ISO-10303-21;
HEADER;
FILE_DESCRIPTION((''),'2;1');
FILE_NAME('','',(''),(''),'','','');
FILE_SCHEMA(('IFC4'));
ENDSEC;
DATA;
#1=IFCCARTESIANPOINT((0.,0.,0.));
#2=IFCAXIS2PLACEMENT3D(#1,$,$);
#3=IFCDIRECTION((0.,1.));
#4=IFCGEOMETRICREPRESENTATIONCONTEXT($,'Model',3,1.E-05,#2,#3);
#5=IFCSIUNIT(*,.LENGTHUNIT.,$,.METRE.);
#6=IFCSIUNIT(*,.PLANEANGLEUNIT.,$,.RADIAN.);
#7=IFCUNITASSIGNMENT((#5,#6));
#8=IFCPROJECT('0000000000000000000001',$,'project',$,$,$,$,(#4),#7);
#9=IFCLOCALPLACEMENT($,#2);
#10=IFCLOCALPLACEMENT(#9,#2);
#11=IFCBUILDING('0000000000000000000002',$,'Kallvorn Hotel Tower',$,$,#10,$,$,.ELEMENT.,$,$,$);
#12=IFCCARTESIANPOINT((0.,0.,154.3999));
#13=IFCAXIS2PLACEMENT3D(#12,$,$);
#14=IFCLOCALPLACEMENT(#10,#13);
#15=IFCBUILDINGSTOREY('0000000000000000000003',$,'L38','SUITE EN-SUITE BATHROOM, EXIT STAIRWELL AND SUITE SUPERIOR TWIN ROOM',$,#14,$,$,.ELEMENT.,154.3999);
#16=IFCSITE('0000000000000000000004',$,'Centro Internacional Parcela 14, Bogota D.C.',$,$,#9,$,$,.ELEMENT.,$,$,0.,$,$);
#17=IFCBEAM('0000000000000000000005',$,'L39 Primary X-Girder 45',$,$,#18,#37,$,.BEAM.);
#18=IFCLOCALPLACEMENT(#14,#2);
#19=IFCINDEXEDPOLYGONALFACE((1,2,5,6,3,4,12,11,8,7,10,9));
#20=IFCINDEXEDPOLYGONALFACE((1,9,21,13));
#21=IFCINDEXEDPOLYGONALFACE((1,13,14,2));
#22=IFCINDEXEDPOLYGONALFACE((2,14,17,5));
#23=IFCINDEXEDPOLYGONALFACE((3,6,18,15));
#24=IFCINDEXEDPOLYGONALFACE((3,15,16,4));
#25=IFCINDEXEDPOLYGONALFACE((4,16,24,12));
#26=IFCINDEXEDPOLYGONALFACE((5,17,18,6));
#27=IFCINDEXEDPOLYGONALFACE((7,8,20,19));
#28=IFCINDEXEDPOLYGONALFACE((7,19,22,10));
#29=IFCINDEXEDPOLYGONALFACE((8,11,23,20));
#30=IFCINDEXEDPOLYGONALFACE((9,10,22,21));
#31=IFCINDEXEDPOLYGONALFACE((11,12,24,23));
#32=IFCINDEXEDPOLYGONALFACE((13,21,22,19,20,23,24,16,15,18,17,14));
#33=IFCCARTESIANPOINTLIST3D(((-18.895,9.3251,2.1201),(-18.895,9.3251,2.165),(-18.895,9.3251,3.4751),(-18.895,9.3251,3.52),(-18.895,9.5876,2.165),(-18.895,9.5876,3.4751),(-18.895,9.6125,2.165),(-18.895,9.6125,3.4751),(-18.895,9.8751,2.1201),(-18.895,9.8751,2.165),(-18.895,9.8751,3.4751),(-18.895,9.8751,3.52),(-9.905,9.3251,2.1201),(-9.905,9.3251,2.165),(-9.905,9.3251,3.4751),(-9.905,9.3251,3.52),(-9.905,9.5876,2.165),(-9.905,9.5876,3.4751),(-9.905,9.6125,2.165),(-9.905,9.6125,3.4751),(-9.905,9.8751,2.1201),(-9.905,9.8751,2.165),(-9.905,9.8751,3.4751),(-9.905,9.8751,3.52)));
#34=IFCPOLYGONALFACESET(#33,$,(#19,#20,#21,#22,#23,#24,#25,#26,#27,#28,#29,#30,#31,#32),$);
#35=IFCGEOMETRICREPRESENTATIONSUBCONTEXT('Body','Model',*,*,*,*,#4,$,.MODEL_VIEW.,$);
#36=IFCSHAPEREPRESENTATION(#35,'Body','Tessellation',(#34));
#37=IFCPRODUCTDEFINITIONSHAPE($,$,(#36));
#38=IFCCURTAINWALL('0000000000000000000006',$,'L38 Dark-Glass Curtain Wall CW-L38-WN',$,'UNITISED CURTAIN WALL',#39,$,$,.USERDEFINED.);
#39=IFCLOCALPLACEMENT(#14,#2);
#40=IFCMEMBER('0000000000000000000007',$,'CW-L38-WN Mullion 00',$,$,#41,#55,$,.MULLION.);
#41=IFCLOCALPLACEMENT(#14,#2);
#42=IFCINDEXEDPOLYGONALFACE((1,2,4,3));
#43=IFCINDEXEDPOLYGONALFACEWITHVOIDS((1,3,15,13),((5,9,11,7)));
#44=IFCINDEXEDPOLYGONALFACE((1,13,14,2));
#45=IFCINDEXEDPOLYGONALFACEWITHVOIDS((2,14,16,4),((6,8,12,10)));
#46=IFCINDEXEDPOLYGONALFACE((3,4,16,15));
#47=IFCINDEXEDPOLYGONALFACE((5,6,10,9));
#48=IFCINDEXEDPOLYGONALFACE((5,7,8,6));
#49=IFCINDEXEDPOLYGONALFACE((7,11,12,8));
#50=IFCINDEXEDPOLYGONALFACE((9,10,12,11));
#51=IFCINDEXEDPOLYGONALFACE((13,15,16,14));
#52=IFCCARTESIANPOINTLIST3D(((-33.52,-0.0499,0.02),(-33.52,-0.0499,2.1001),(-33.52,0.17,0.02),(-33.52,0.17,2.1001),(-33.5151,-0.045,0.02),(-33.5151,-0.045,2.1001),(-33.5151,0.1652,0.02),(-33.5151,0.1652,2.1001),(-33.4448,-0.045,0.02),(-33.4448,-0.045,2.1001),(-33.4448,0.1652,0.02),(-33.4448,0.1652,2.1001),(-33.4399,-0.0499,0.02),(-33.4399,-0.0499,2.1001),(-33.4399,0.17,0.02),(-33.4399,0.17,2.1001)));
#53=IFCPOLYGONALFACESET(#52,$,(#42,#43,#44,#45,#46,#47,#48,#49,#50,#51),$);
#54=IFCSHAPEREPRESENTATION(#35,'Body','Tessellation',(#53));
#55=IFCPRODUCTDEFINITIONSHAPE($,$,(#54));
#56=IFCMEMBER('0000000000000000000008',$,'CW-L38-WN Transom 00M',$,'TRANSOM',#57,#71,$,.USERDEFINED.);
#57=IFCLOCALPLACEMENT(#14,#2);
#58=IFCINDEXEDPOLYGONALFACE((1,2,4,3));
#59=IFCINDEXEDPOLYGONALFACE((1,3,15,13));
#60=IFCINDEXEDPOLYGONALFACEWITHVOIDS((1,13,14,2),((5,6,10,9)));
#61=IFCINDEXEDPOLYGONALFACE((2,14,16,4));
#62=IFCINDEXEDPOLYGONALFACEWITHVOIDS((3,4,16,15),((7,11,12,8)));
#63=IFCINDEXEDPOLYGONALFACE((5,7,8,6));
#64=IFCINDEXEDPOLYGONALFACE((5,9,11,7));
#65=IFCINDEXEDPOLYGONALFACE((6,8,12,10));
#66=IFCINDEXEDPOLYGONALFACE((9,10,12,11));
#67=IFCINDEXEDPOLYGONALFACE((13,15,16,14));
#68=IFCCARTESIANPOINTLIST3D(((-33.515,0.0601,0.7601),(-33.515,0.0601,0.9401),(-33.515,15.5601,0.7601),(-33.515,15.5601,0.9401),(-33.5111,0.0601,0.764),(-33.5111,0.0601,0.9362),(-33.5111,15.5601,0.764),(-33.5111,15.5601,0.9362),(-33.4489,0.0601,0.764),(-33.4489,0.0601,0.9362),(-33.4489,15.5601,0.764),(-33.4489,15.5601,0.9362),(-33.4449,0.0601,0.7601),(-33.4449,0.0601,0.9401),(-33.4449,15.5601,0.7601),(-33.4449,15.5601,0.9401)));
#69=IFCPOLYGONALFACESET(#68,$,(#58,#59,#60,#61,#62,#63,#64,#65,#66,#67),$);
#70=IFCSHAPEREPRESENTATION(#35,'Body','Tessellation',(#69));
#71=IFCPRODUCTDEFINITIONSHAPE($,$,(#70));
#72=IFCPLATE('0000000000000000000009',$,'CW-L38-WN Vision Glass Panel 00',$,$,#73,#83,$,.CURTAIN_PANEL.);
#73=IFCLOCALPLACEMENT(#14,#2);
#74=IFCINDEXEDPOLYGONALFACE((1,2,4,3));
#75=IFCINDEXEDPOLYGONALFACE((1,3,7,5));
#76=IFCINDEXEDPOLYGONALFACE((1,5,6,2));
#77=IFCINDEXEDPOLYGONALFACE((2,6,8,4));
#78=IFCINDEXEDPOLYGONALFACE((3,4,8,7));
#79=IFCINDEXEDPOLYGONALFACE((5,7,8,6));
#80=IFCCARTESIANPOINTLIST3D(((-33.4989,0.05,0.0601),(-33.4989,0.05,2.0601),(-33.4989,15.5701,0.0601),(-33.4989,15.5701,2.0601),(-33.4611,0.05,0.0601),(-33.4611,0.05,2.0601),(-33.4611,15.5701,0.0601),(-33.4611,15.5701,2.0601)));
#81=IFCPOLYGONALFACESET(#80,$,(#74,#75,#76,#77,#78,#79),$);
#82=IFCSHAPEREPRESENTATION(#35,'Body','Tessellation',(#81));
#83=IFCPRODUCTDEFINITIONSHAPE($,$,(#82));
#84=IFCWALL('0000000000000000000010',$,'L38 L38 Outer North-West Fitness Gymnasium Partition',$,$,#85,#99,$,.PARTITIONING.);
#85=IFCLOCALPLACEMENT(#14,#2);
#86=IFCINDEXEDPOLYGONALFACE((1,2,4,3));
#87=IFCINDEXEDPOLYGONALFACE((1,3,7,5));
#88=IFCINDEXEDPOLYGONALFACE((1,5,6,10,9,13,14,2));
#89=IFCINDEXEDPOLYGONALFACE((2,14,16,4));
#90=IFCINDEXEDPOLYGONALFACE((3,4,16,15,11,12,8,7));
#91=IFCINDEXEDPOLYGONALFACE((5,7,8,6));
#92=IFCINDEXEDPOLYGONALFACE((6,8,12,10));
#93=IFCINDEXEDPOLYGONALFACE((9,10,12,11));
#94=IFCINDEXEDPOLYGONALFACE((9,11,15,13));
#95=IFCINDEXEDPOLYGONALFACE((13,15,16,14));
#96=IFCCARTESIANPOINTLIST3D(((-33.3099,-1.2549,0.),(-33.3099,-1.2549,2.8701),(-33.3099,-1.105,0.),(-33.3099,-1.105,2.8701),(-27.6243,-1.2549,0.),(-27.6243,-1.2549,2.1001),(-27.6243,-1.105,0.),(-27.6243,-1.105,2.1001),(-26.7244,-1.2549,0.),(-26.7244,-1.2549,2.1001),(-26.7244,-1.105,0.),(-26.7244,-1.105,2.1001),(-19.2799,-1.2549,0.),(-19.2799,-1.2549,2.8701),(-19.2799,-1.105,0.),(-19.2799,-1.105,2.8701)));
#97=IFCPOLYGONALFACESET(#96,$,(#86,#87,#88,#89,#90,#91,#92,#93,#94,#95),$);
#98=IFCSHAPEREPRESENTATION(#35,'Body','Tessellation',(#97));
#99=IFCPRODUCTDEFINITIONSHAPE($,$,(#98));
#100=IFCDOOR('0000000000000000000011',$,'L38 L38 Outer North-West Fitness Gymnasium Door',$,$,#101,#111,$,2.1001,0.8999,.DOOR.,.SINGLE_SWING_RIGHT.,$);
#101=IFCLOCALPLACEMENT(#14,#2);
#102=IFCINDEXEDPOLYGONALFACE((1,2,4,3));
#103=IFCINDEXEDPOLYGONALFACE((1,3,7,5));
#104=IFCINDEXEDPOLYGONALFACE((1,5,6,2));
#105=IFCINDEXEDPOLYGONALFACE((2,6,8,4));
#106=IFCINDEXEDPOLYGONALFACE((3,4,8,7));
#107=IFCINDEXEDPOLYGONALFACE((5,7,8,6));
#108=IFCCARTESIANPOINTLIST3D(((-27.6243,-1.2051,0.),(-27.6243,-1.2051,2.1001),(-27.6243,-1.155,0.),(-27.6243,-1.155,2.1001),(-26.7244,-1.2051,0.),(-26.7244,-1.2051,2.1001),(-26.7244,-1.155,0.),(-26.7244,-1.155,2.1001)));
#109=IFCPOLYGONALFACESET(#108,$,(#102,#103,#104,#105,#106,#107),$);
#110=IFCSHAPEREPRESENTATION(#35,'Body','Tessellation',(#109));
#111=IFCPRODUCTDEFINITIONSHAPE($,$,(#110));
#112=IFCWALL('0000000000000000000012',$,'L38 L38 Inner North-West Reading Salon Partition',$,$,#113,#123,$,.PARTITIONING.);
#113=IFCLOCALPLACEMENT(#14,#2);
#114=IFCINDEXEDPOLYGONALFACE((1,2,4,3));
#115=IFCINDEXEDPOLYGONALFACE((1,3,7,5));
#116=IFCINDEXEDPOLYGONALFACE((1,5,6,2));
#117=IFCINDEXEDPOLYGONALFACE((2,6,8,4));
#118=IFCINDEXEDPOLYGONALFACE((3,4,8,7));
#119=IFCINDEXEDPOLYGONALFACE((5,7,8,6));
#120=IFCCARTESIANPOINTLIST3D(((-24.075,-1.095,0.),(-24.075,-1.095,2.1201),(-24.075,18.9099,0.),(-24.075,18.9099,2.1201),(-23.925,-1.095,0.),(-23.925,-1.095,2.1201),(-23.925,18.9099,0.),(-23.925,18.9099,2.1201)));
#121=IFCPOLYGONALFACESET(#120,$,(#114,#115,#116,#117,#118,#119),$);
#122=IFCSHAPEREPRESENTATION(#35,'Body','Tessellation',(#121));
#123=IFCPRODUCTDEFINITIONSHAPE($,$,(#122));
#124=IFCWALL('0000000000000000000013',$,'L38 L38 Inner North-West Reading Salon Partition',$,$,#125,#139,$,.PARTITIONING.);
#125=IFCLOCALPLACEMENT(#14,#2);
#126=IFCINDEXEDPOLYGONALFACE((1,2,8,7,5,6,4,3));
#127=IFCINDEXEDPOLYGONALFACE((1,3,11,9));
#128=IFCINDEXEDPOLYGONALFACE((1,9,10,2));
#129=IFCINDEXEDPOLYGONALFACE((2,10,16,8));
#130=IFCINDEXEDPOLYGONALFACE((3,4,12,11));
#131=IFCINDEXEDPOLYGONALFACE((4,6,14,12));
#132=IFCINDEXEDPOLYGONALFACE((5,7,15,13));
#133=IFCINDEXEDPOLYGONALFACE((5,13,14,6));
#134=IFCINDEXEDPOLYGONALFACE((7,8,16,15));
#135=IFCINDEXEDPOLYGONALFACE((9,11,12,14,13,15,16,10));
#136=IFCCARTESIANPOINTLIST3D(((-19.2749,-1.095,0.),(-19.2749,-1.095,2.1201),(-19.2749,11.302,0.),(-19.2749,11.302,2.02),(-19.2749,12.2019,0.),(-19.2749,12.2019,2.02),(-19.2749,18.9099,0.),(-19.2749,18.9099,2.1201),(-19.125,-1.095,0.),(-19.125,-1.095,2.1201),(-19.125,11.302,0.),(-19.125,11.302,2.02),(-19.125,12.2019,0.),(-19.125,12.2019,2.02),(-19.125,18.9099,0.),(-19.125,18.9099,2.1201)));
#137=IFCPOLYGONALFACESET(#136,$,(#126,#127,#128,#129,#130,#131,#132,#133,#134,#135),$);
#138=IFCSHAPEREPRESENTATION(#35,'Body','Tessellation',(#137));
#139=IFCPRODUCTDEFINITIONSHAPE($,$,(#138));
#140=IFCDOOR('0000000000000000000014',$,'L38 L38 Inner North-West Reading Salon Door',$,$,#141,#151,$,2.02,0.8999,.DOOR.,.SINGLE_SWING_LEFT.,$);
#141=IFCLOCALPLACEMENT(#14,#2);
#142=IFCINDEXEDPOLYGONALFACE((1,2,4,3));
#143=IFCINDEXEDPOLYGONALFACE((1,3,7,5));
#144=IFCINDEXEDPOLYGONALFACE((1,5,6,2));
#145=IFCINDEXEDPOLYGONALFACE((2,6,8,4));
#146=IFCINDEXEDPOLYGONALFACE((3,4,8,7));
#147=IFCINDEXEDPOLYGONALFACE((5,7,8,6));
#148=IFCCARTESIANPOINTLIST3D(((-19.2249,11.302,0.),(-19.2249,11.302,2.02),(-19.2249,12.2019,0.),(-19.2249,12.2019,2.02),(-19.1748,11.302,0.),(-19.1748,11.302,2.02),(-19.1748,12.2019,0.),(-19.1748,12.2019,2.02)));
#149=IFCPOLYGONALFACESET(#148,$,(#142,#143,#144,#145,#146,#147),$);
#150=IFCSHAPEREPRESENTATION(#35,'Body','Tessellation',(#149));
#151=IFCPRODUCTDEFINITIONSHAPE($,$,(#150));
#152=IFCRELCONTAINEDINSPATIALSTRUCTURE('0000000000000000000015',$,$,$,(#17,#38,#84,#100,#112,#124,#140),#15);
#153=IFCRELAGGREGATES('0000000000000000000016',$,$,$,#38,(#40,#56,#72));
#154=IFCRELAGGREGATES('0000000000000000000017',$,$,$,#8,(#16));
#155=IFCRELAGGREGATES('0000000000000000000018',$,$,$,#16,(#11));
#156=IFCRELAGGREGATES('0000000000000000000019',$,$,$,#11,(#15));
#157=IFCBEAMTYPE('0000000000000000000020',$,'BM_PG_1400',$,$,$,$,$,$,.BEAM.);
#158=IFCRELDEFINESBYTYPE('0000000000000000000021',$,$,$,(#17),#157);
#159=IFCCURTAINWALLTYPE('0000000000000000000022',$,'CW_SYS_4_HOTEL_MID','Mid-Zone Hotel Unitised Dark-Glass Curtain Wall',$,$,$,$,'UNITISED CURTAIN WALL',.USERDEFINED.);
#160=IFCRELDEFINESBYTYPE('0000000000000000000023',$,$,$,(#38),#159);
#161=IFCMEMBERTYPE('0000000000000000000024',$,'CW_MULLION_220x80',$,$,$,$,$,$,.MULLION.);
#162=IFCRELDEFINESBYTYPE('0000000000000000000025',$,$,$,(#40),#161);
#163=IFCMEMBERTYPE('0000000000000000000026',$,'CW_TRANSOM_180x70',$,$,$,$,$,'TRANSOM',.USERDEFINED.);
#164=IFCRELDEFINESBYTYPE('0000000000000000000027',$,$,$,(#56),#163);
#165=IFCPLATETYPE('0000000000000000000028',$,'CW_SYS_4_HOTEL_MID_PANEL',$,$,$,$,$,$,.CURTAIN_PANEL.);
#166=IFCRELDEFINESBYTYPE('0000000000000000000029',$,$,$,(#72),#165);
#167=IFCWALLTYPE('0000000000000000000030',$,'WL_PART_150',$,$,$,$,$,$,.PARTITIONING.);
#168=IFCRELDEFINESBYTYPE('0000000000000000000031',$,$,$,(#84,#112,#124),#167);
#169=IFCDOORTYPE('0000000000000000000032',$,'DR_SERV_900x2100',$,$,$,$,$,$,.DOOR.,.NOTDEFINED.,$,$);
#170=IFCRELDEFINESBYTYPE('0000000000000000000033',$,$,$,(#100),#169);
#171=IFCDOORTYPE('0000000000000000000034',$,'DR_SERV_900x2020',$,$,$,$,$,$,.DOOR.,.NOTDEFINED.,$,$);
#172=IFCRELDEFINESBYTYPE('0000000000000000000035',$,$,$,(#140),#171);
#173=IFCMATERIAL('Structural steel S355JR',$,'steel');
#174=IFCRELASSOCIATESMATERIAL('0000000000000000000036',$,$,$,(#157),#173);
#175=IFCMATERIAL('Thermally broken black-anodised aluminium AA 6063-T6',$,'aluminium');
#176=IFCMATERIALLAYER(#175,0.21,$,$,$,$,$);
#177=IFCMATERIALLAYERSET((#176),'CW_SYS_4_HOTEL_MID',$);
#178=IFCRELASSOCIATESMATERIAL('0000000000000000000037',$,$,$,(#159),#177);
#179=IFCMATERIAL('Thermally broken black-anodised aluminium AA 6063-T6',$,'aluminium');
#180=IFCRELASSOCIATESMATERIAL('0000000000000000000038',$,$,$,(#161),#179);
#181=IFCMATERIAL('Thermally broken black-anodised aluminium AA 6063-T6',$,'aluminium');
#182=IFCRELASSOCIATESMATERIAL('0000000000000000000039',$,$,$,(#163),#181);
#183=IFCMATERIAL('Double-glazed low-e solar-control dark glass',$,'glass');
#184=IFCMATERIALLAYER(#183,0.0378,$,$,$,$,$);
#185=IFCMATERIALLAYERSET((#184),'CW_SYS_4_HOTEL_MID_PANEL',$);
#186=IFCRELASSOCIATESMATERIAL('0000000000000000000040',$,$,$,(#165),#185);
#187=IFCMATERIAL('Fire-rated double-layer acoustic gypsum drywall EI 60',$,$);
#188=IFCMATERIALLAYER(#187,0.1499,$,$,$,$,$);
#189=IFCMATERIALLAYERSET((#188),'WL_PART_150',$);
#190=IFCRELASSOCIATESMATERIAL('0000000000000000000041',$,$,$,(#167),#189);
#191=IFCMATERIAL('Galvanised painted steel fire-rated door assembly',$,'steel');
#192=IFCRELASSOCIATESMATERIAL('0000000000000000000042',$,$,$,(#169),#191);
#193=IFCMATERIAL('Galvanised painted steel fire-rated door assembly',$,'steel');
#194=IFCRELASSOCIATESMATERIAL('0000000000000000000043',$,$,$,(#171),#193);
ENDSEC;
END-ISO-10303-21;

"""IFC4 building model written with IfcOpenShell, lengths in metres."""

from ifc_helpers import new_model, si_unit, direction, frame, frame_2d, origin, origin_2d, place, context, subcontext, project, spatial, rectangle, hollow_rectangle, i_section, extrude, material, layer, layer_set, material_profile, profile_set, type_object, element, fill, aggregate, save


model = new_model("IFC4")

# Units and contexts
model_context = context("Model", 3, precision=1e-05, world=origin(), true_north=direction((0.0, 1.0)))
body_context = subcontext(model_context, "Body", "Model", "MODEL_VIEW")
ifc_project = project(units=[si_unit("LENGTHUNIT", "METRE"), si_unit("PLANEANGLEUNIT", "RADIAN")], contexts=[model_context])

# Site, building, storey
site_placement = place(None, origin())
site = spatial("IfcSite", under=ifc_project, at=site_placement, Name="Centro Internacional Parcela 14, Bogota D.C.", CompositionType="ELEMENT", RefElevation=0.0)
building_placement = place(site_placement, origin())
building = spatial("IfcBuilding", under=site, at=building_placement, Name="Kallvorn Hotel Tower", CompositionType="ELEMENT")
storey_placement = place(building_placement, frame((0.0, 0.0, 154.3999)))
storey = spatial("IfcBuildingStorey", under=building, at=storey_placement, Name="L38", Description="SUITE EN-SUITE BATHROOM, EXIT STAIRWELL AND SUITE SUPERIOR TWIN ROOM", CompositionType="ELEMENT", Elevation=154.3999)

# Beam
ifc_material_1 = material(Name="Structural steel S355JR", Category="steel")
ifc_material_profile_1 = material_profile(ifc_material_1, i_section(OverallWidth=0.55, OverallDepth=1.3999, WebThickness=0.0249, FlangeThickness=0.0449, at=origin_2d()), Name="PG 1400x550x25x45")
ifc_profile_set_1 = profile_set([ifc_material_profile_1], Name="Structural steel S355JR")
beam_type_1 = type_object("IfcBeamType", Name="BM_PG_1400", PredefinedType="BEAM", material=ifc_profile_set_1)
beam_1_placement = place(storey_placement, frame((-18.895, 9.6001, 2.8201), z_axis=(1.0, 0.0, 0.0), x_axis=(0.0, 1.0, 0.0)))
element("IfcBeam", 1, at=beam_1_placement, inside=storey, type_object=beam_type_1, Name="L39 Primary X-Girder 45", PredefinedType="BEAM", context=body_context, shape_type="SweptSolid", body=[
    extrude(i_section(OverallWidth=0.55, OverallDepth=1.3999, WebThickness=0.0249, FlangeThickness=0.0449, at=origin_2d()), origin(), (0.0, 0.0, 1.0), 8.99),
])

# Curtain wall, members, plate
ifc_material_2 = material(Name="Thermally broken black-anodised aluminium AA 6063-T6", Category="aluminium")
ifc_layer_1 = layer(ifc_material_2, 0.21)
ifc_layer_set_1 = layer_set([ifc_layer_1], Name="CW_SYS_4_HOTEL_MID")
curtain_wall_type = type_object("IfcCurtainWallType", Name="CW_SYS_4_HOTEL_MID", Description="Mid-Zone Hotel Unitised Dark-Glass Curtain Wall", ElementType="UNITISED CURTAIN WALL", PredefinedType="USERDEFINED", material=ifc_layer_set_1)
curtain_wall_placement = place(storey_placement, origin())
curtain_wall = element("IfcCurtainWall", 2, at=curtain_wall_placement, inside=storey, type_object=curtain_wall_type, Name="L38 Dark-Glass Curtain Wall CW-L38-WN", ObjectType="UNITISED CURTAIN WALL", PredefinedType="USERDEFINED")
ifc_material_3 = material(Name="Thermally broken black-anodised aluminium AA 6063-T6", Category="aluminium")
ifc_material_profile_2 = material_profile(ifc_material_3, hollow_rectangle(XDim=0.0801, YDim=0.22, WallThickness=0.0049, at=origin_2d()), Name="MUL 220x80")
ifc_profile_set_2 = profile_set([ifc_material_profile_2], Name="Thermally broken black-anodised aluminium AA 6063-T6")
member_type_1 = type_object("IfcMemberType", Name="CW_MULLION_220x80", PredefinedType="MULLION", material=ifc_profile_set_2)
member_1_placement = place(storey_placement, frame((-33.48, 0.0601, 0.02), z_axis=(0.0, 0.0, 1.0), x_axis=(1.0, 0.0, 0.0)))
member_1 = element("IfcMember", 3, at=member_1_placement, type_object=member_type_1, Name="CW-L38-WN Mullion 00", PredefinedType="MULLION", context=body_context, shape_type="SweptSolid", body=[
    extrude(hollow_rectangle(XDim=0.0801, YDim=0.22, WallThickness=0.0049, at=origin_2d()), origin(), (0.0, 0.0, 1.0), 2.0801),
])
ifc_material_4 = material(Name="Thermally broken black-anodised aluminium AA 6063-T6", Category="aluminium")
ifc_material_profile_3 = material_profile(ifc_material_4, hollow_rectangle(XDim=0.0701, YDim=0.1799, WallThickness=0.0039, at=origin_2d()), Name="TRN 180x70")
ifc_profile_set_3 = profile_set([ifc_material_profile_3], Name="Thermally broken black-anodised aluminium AA 6063-T6")
member_type_2 = type_object("IfcMemberType", Name="CW_TRANSOM_180x70", ElementType="TRANSOM", PredefinedType="USERDEFINED", material=ifc_profile_set_3)
member_2_placement = place(storey_placement, frame((-33.48, 0.0601, 0.8501), z_axis=(0.0, 1.0, 0.0), x_axis=(-1.0, 0.0, 0.0)))
member_2 = element("IfcMember", 4, at=member_2_placement, type_object=member_type_2, Name="CW-L38-WN Transom 00M", ObjectType="TRANSOM", PredefinedType="USERDEFINED", context=body_context, shape_type="SweptSolid", body=[
    extrude(hollow_rectangle(XDim=0.0701, YDim=0.1799, WallThickness=0.0039, at=origin_2d()), origin(), (0.0, 0.0, 1.0), 15.5),
])
ifc_material_5 = material(Name="Double-glazed low-e solar-control dark glass", Category="glass")
ifc_layer_2 = layer(ifc_material_5, 0.0378)
ifc_layer_set_2 = layer_set([ifc_layer_2], Name="CW_SYS_4_HOTEL_MID_PANEL")
plate_type = type_object("IfcPlateType", Name="CW_SYS_4_HOTEL_MID_PANEL", PredefinedType="CURTAIN_PANEL", material=ifc_layer_set_2)
plate_placement = place(storey_placement, frame((-33.48, 7.8101, 0.0601), z_axis=(0.0, 0.0, 1.0), x_axis=(0.0, 1.0, 0.0)))
plate = element("IfcPlate", 5, at=plate_placement, type_object=plate_type, Name="CW-L38-WN Vision Glass Panel 00", PredefinedType="CURTAIN_PANEL", context=body_context, shape_type="SweptSolid", body=[
    extrude(rectangle(XDim=15.52, YDim=0.0378, at=origin_2d()), origin(), (0.0, 0.0, 1.0), 2.0),
])
aggregate(curtain_wall, [member_1, member_2, plate])

# Wall, opening, door
ifc_material_6 = material(Name="Fire-rated double-layer acoustic gypsum drywall EI 60")
ifc_layer_3 = layer(ifc_material_6, 0.1499)
ifc_layer_set_3 = layer_set([ifc_layer_3], Name="WL_PART_150")
wall_type = type_object("IfcWallType", Name="WL_PART_150", PredefinedType="PARTITIONING", material=ifc_layer_set_3)
wall_1_placement = place(storey_placement, frame((-33.3101, -1.1799, 0.0), z_axis=(0.0, 0.0, 1.0), x_axis=(1.0, 0.0, 0.0)))
wall_1 = element("IfcWall", 6, at=wall_1_placement, inside=storey, type_object=wall_type, Name="L38 L38 Outer North-West Fitness Gymnasium Partition", PredefinedType="PARTITIONING", context=body_context, shape_type="SweptSolid", body=[
    extrude(rectangle(XDim=14.03, YDim=0.1499, at=frame_2d((7.0151, 0.0))), origin(), (0.0, 0.0, 1.0), 2.8701),
])
opening_1_placement = place(wall_1_placement, frame((5.6858, 0.0, 0.0)))
opening_1 = element("IfcOpeningElement", 7, at=opening_1_placement, cuts=wall_1, PredefinedType="OPENING", context=body_context, shape_type="SweptSolid", body=[
    extrude(rectangle(XDim=0.8999, YDim=2.1001, at=frame_2d((0.45, 1.05))), frame((0.0, 0.0898, 0.0), z_axis=(0.0, -1.0, 0.0), x_axis=(1.0, 0.0, 0.0)), (0.0, 0.0, 1.0), 0.1799),
])
ifc_material_7 = material(Name="Galvanised painted steel fire-rated door assembly", Category="steel")
door_type_1 = type_object("IfcDoorType", Name="DR_SERV_900x2100", OperationType="NOTDEFINED", PredefinedType="DOOR", material=ifc_material_7)
door_1_placement = place(opening_1_placement, origin())
door_1 = element("IfcDoor", 8, at=door_1_placement, inside=storey, type_object=door_type_1, Name="L38 L38 Outer North-West Fitness Gymnasium Door", OperationType="SINGLE_SWING_RIGHT", OverallHeight=2.1001, OverallWidth=0.8999, PredefinedType="DOOR", context=body_context, shape_type="SweptSolid", body=[
    extrude(rectangle(XDim=0.8999, YDim=2.1001, at=frame_2d((0.45, 1.05))), frame((0.0, 0.0249, 0.0), z_axis=(0.0, -1.0, 0.0), x_axis=(1.0, 0.0, 0.0)), (0.0, 0.0, 1.0), 0.05),
])
fill(opening_1, door_1)

# Wall
wall_2_placement = place(storey_placement, frame((-24.0, -1.095, 0.0), z_axis=(0.0, 0.0, 1.0), x_axis=(0.0, 1.0, 0.0)))
element("IfcWall", 9, at=wall_2_placement, inside=storey, type_object=wall_type, Name="L38 L38 Inner North-West Reading Salon Partition", PredefinedType="PARTITIONING", context=body_context, shape_type="SweptSolid", body=[
    extrude(rectangle(XDim=20.0049, YDim=0.1499, at=frame_2d((10.0024, 0.0))), origin(), (0.0, 0.0, 1.0), 2.1201),
])

# Wall, opening, door
wall_3_placement = place(storey_placement, frame((-19.2, -1.095, 0.0), z_axis=(0.0, 0.0, 1.0), x_axis=(0.0, 1.0, 0.0)))
wall_3 = element("IfcWall", 10, at=wall_3_placement, inside=storey, type_object=wall_type, Name="L38 L38 Inner North-West Reading Salon Partition", PredefinedType="PARTITIONING", context=body_context, shape_type="SweptSolid", body=[
    extrude(rectangle(XDim=20.0049, YDim=0.1499, at=frame_2d((10.0024, 0.0))), origin(), (0.0, 0.0, 1.0), 2.1201),
])
opening_2_placement = place(wall_3_placement, frame((12.397, 0.0, 0.0)))
opening_2 = element("IfcOpeningElement", 11, at=opening_2_placement, cuts=wall_3, PredefinedType="OPENING", context=body_context, shape_type="SweptSolid", body=[
    extrude(rectangle(XDim=0.8999, YDim=2.02, at=frame_2d((0.45, 1.01))), frame((0.0, 0.0898, 0.0), z_axis=(0.0, -1.0, 0.0), x_axis=(1.0, 0.0, 0.0)), (0.0, 0.0, 1.0), 0.1799),
])
ifc_material_8 = material(Name="Galvanised painted steel fire-rated door assembly", Category="steel")
door_type_2 = type_object("IfcDoorType", Name="DR_SERV_900x2020", OperationType="NOTDEFINED", PredefinedType="DOOR", material=ifc_material_8)
door_2_placement = place(opening_2_placement, origin())
door_2 = element("IfcDoor", 12, at=door_2_placement, inside=storey, type_object=door_type_2, Name="L38 L38 Inner North-West Reading Salon Door", OperationType="SINGLE_SWING_LEFT", OverallHeight=2.02, OverallWidth=0.8999, PredefinedType="DOOR", context=body_context, shape_type="SweptSolid", body=[
    extrude(rectangle(XDim=0.8999, YDim=2.02, at=frame_2d((0.45, 1.01))), frame((0.0, 0.0249, 0.0), z_axis=(0.0, -1.0, 0.0), x_axis=(1.0, 0.0, 0.0)), (0.0, 0.0, 1.0), 0.05),
])
fill(opening_2, door_2)

save(model, "model.ifc")
